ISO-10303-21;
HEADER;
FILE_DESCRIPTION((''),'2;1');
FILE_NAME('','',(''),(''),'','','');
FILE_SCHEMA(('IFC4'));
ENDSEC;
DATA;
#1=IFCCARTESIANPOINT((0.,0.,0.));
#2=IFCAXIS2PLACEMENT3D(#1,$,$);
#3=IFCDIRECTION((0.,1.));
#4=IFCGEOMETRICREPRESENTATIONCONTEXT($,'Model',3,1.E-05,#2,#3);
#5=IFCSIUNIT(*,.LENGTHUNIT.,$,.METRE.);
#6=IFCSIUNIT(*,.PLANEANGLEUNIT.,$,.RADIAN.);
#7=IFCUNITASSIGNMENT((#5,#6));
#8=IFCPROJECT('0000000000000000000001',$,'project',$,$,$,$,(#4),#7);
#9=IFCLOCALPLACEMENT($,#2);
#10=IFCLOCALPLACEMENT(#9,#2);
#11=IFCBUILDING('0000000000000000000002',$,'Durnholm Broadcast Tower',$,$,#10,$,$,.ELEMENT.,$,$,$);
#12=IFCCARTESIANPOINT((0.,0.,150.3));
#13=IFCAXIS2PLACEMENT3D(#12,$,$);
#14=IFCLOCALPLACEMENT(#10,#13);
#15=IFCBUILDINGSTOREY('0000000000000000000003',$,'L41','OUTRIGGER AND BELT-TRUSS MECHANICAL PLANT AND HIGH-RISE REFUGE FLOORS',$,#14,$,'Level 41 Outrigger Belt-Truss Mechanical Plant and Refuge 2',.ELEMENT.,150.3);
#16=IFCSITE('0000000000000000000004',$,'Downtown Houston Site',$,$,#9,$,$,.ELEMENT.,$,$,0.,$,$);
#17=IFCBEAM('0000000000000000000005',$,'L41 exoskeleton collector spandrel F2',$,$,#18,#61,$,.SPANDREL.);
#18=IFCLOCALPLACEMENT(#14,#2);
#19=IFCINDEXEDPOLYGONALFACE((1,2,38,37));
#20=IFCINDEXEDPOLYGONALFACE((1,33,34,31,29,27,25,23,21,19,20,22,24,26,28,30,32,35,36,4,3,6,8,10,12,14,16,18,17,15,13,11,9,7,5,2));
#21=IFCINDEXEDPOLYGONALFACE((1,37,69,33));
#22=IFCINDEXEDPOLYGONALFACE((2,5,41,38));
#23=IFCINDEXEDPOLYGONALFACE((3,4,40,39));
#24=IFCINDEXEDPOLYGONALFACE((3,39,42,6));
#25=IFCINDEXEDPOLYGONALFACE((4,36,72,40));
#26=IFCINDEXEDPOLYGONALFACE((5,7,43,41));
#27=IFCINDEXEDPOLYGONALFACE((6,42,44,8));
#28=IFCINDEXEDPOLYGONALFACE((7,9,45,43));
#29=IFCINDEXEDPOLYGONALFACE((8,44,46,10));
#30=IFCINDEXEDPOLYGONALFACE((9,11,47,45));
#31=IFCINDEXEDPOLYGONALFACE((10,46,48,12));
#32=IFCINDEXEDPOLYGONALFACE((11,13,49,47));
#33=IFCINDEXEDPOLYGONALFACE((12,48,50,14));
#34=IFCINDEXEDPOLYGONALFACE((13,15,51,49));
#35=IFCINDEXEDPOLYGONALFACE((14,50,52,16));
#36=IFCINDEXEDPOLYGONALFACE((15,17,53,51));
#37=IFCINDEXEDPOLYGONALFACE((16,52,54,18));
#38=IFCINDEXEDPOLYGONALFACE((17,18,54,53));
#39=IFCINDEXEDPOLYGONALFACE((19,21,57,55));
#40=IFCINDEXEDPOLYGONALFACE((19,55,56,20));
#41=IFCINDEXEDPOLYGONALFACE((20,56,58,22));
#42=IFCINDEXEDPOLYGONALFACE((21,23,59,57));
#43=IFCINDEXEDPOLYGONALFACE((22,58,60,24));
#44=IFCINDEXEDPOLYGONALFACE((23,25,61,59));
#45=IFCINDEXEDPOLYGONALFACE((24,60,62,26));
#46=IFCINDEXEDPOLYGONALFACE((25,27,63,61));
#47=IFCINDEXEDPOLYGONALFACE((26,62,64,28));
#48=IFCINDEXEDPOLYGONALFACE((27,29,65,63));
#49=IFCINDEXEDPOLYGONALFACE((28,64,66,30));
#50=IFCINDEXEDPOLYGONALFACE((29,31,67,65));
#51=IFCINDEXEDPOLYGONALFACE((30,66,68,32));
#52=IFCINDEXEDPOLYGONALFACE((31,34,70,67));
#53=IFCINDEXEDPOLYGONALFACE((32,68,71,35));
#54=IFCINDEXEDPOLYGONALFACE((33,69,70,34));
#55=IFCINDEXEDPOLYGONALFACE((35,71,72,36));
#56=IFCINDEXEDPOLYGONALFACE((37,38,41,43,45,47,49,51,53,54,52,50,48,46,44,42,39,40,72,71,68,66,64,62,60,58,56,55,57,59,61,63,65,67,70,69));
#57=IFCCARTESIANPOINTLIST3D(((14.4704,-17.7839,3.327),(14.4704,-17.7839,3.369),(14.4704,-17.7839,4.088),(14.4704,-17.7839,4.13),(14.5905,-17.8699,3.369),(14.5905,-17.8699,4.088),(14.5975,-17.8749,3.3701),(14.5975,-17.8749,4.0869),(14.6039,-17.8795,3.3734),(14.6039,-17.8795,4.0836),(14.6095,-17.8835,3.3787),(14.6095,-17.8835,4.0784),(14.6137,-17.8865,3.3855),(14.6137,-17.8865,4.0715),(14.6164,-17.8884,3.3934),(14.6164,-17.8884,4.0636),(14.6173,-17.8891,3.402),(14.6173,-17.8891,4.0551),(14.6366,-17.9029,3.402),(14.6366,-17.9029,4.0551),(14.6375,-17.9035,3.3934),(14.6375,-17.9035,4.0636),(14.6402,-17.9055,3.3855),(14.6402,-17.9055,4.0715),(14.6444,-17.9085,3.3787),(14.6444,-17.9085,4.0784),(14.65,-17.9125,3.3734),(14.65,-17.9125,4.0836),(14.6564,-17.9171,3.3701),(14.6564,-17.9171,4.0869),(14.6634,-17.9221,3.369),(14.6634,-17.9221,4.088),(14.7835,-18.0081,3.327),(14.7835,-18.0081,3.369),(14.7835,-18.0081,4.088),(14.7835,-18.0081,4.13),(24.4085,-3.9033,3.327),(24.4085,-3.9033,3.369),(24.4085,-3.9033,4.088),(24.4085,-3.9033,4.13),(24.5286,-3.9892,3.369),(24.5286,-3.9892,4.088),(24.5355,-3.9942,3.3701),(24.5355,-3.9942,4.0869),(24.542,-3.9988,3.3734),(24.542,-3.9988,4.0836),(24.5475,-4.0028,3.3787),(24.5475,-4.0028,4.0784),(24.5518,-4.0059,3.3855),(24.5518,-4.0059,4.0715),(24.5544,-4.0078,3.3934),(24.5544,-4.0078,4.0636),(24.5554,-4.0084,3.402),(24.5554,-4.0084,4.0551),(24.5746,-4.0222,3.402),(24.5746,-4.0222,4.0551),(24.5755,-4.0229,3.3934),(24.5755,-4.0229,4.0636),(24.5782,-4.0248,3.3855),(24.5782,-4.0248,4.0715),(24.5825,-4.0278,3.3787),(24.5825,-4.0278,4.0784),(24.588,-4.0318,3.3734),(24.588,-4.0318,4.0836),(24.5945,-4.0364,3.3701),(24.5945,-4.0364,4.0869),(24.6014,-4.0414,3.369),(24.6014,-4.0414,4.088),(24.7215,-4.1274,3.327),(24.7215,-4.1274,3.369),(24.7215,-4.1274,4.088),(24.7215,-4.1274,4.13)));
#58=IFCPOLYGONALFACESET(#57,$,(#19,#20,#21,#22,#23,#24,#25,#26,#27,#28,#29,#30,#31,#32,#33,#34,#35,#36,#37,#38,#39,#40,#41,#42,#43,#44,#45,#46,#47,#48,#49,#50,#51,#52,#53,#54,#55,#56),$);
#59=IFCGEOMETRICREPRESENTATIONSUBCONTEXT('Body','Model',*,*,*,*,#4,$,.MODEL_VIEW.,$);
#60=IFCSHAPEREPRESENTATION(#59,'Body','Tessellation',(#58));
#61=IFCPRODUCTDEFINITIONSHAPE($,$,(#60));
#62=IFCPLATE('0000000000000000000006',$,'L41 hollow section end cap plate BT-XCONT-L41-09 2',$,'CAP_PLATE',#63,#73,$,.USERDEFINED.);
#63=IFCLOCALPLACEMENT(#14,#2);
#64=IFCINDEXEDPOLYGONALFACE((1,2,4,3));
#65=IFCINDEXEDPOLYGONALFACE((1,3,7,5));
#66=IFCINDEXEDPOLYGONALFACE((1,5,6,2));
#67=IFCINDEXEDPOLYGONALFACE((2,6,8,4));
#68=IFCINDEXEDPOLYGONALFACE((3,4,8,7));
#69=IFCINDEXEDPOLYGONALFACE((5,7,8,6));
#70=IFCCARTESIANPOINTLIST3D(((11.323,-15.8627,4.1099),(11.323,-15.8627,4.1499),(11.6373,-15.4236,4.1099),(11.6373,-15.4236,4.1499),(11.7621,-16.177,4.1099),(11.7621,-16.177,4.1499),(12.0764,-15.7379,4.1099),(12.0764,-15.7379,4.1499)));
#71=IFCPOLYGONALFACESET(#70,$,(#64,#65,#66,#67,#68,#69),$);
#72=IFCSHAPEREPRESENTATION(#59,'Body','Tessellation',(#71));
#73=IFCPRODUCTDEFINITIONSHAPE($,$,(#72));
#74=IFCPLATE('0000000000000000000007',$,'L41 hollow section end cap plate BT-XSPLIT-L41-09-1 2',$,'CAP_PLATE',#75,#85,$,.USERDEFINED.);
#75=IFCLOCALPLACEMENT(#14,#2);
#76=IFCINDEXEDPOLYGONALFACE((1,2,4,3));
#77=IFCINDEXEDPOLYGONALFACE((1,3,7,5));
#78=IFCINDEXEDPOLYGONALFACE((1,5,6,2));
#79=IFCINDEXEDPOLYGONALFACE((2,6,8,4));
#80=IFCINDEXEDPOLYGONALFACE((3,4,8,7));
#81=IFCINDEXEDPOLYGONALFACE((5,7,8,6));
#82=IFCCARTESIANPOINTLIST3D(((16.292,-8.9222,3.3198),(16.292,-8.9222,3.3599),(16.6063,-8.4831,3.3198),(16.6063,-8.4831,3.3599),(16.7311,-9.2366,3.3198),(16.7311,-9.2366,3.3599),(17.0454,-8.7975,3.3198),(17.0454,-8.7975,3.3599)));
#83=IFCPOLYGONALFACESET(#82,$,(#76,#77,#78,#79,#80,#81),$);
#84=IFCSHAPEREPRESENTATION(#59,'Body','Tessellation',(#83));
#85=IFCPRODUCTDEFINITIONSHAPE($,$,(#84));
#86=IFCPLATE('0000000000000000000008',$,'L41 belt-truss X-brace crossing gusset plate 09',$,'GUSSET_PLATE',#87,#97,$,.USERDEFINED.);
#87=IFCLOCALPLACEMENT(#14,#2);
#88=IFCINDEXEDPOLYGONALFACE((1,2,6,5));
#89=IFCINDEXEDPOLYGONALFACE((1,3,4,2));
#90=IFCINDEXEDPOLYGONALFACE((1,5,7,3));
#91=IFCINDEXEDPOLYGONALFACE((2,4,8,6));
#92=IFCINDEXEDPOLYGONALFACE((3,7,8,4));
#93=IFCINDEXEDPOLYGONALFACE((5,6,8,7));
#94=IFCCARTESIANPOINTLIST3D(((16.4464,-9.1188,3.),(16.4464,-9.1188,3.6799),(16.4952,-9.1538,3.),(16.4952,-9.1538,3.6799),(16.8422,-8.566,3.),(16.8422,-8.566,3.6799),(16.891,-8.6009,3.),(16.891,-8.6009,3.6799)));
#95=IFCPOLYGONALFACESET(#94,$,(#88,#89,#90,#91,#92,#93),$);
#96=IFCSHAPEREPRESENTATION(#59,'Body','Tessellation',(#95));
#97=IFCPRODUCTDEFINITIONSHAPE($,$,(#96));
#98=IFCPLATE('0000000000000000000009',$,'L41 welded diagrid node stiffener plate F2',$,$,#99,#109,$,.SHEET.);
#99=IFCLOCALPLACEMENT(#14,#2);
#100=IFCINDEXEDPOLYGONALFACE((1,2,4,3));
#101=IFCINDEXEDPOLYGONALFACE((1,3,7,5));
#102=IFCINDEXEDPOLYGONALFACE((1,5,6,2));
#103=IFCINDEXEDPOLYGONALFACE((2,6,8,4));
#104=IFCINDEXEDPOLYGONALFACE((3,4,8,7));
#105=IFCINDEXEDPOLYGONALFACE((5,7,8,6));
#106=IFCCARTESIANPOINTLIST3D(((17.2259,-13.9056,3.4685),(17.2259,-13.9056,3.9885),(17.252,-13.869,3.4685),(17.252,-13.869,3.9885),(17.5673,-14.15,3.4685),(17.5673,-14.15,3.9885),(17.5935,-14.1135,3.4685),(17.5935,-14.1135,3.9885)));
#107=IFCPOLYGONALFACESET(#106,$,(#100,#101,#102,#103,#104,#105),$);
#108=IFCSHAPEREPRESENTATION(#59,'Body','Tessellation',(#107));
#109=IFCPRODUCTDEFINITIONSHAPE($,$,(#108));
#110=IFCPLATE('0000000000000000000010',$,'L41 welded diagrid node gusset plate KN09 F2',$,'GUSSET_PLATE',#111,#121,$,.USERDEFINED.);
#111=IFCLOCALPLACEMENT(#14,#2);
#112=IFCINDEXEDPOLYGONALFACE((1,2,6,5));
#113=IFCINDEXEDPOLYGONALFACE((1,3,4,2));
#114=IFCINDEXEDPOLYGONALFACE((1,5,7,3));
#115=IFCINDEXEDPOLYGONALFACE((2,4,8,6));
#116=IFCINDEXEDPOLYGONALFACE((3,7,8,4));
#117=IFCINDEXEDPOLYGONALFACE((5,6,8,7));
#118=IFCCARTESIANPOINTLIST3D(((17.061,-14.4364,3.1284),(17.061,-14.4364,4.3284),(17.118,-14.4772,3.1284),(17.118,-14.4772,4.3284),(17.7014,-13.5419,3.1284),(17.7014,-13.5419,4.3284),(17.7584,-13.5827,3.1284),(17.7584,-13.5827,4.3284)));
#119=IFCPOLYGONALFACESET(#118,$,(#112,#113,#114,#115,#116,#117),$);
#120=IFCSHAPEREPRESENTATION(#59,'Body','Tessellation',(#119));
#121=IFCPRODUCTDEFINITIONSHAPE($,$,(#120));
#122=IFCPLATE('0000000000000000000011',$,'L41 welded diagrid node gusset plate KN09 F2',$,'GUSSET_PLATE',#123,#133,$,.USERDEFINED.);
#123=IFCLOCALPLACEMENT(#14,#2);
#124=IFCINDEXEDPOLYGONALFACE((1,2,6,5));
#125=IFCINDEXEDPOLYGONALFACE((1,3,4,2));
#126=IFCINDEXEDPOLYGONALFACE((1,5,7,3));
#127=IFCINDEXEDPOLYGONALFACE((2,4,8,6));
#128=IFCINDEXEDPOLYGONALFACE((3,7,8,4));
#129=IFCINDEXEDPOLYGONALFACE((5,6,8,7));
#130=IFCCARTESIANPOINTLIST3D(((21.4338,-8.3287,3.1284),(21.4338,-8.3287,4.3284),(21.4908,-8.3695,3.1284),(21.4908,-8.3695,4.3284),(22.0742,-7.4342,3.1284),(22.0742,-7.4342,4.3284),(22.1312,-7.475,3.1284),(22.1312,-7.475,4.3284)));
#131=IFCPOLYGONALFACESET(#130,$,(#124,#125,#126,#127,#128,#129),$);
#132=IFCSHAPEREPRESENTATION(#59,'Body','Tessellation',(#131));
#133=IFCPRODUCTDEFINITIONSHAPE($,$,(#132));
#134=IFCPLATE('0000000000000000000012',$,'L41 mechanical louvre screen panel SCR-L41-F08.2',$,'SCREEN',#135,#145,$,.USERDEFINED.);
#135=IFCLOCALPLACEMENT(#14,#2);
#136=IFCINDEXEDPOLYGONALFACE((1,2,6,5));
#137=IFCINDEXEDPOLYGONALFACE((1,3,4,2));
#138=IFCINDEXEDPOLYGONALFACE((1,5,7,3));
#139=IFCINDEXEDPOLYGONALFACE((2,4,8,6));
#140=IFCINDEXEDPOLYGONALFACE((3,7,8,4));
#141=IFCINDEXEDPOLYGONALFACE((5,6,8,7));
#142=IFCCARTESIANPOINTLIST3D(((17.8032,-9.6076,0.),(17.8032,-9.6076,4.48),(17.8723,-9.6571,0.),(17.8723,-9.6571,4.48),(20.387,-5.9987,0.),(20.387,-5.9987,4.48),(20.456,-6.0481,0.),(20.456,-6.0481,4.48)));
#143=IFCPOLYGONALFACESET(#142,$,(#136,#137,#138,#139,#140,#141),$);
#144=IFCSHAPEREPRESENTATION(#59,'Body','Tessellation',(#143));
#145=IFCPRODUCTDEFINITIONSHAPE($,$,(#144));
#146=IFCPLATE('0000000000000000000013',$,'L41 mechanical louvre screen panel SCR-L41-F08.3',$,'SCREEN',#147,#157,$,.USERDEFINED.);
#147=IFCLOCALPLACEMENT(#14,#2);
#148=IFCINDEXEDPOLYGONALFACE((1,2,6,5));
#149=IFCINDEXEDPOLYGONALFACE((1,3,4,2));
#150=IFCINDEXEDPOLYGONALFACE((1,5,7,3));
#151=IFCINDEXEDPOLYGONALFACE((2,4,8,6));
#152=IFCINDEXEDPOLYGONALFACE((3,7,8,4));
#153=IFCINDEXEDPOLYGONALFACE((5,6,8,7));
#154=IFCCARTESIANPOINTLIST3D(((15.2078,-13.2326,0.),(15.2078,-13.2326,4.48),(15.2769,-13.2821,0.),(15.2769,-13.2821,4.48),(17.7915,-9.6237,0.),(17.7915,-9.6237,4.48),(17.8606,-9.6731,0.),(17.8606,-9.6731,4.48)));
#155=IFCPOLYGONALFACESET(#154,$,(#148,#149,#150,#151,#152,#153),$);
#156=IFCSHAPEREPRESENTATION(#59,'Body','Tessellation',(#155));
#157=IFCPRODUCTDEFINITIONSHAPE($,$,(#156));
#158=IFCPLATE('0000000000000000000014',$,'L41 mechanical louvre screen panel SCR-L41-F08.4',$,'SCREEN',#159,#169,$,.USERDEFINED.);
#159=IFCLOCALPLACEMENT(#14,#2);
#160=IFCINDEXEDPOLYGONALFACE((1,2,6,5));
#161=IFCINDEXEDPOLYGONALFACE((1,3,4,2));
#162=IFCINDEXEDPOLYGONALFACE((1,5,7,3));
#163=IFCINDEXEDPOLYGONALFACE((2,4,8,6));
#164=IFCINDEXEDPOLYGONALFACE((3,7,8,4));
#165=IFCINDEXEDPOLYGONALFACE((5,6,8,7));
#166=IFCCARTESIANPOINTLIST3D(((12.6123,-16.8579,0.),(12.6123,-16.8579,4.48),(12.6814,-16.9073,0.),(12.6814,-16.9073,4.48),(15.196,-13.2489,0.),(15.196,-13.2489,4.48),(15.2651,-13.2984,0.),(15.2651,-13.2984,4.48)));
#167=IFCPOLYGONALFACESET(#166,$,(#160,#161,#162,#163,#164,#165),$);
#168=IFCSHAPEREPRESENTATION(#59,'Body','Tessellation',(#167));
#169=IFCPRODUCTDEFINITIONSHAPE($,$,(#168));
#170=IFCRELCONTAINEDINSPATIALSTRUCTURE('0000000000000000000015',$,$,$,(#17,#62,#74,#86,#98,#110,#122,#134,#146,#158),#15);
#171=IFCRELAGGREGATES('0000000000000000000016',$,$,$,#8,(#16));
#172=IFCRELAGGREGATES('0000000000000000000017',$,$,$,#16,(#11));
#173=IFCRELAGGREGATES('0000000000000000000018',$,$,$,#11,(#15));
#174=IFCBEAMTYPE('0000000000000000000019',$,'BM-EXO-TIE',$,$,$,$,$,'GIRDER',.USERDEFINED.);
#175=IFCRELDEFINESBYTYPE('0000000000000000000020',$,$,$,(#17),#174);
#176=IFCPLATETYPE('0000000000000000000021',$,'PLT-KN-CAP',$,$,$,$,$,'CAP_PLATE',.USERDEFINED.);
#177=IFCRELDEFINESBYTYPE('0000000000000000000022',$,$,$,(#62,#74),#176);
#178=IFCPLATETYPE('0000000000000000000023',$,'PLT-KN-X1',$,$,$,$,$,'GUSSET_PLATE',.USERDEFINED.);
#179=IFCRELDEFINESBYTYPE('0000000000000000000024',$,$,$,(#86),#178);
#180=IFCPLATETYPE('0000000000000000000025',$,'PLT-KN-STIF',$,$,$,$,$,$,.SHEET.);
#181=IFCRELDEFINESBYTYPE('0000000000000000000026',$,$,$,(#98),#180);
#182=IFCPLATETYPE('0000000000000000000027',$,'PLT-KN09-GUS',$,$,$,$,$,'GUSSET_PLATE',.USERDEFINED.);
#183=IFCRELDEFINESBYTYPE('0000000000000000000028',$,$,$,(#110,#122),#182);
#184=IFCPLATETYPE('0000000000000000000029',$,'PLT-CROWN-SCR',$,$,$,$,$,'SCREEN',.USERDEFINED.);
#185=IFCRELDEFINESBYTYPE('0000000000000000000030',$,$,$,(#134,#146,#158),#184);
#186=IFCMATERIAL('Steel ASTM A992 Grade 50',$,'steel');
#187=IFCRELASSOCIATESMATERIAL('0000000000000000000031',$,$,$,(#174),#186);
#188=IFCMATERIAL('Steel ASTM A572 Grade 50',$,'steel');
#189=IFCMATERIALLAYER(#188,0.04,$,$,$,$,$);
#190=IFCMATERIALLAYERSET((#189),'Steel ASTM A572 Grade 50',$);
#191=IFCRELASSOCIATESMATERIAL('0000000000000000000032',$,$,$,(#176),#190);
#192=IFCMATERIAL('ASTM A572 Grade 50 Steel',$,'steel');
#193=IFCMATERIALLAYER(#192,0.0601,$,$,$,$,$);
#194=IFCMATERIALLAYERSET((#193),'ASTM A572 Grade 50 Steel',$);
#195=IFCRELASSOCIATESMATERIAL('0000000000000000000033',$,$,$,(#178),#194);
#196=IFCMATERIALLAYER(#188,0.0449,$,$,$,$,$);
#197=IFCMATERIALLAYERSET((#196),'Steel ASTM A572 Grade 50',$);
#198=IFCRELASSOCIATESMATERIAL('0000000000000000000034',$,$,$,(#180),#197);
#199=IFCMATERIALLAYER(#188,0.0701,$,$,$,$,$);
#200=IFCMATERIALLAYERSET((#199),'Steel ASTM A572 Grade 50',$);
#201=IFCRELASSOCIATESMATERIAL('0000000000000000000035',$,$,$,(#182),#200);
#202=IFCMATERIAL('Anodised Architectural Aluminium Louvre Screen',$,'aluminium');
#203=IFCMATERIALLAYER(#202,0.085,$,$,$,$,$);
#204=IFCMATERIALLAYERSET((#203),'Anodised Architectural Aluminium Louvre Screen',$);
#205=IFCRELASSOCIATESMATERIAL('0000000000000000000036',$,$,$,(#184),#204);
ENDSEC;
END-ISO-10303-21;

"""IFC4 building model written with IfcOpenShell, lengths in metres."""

from ifc_helpers import new_model, si_unit, direction, frame, origin, origin_2d, place, context, subcontext, project, spatial, rectangle, i_section, extrude, source, transform, mapped, material, layer, layer_set, material_profile, profile_set, type_object, type_shapes, element, save


model = new_model("IFC4")

# Units and contexts
model_context = context("Model", 3, precision=1e-05, world=origin(), true_north=direction((0.0, 1.0)))
body_context = subcontext(model_context, "Body", "Model", "MODEL_VIEW")
ifc_project = project(units=[si_unit("LENGTHUNIT", "METRE"), si_unit("PLANEANGLEUNIT", "RADIAN")], contexts=[model_context])

# Site, building, storey
site_placement = place(None, origin())
site = spatial("IfcSite", under=ifc_project, at=site_placement, Name="Downtown Houston Site", CompositionType="ELEMENT", RefElevation=0.0)
building_placement = place(site_placement, origin())
building = spatial("IfcBuilding", under=site, at=building_placement, Name="Durnholm Broadcast Tower", CompositionType="ELEMENT")
storey_placement = place(building_placement, frame((0.0, 0.0, 150.3)))
storey = spatial("IfcBuildingStorey", under=building, at=storey_placement, Name="L41", Description="OUTRIGGER AND BELT-TRUSS MECHANICAL PLANT AND HIGH-RISE REFUGE FLOORS", LongName="Level 41 Outrigger Belt-Truss Mechanical Plant and Refuge 2", CompositionType="ELEMENT", Elevation=150.3)

# Shared definitions
ifc_material_1 = material(Name="Steel ASTM A992 Grade 50", Category="steel")
ifc_material_profile_1 = material_profile(ifc_material_1, i_section(OverallWidth=0.385, OverallDepth=0.803, WebThickness=0.0237, FlangeThickness=0.042, FilletRadius=0.033, at=origin_2d()), Name="W30X261")
ifc_profile_set_1 = profile_set([ifc_material_profile_1], Name="Steel ASTM A992 Grade 50")
beam_type = type_object("IfcBeamType", Name="BM-EXO-TIE", ElementType="GIRDER", PredefinedType="USERDEFINED", material=ifc_profile_set_1)

# Beam
shared_shape_1 = source(origin(), body_context, "Body", "SweptSolid", [
    extrude(i_section(OverallWidth=0.385, OverallDepth=0.803, WebThickness=0.0237, FlangeThickness=0.042, FilletRadius=0.033, at=origin_2d()), origin(), (0.0, 0.0, 1.0), 17.0715),
])
for number, where, z_axis, x_axis, name in (
    (1, (14.627, -17.896, 3.7285), (0.58214, 0.813088, 0.0), (-0.813088, 0.58214, 0.0), "L41 exoskeleton collector spandrel F2"),
):
    element("IfcBeam", number, at=place(storey_placement, frame(where, z_axis=z_axis, x_axis=x_axis)), inside=storey, type_object=beam_type, Name=name, PredefinedType="SPANDREL", context=body_context, shape_type="MappedRepresentation", body=[
        mapped(shared_shape_1, transform((0.0, 0.0, 0.0), x_axis=(1.0, 0.0, 0.0), y_axis=(0.0, 1.0, 0.0), z_axis=(0.0, 0.0, 1.0), scale=1.0)),
    ])

# Plates
ifc_material_2 = material(Name="Steel ASTM A572 Grade 50", Category="steel")
ifc_layer_1 = layer(ifc_material_2, 0.04)
ifc_layer_set_1 = layer_set([ifc_layer_1], Name="Steel ASTM A572 Grade 50")
plate_type_1 = type_object("IfcPlateType", Name="PLT-KN-CAP", ElementType="CAP_PLATE", PredefinedType="USERDEFINED", material=ifc_layer_set_1)
shared_shape_2 = source(origin(), body_context, "Body", "SweptSolid", [
    extrude(rectangle(XDim=0.54, YDim=0.54, at=origin_2d()), origin(), (0.0, 0.0, 1.0), 0.04),
])
type_shapes(plate_type_1, [shared_shape_2])
for number, where, z_axis, x_axis, name in (
    (2, (11.6997, -15.8003, 4.1099), (0.0, 0.0, 1.0), (-0.582123, -0.813101, 0.0), "L41 hollow section end cap plate BT-XCONT-L41-09 2"),
    (3, (16.6687, -8.8599, 3.3198), (0.0, 0.0, 1.0), (0.582123, 0.813101, 0.0), "L41 hollow section end cap plate BT-XSPLIT-L41-09-1 2"),
):
    element("IfcPlate", number, at=place(storey_placement, frame(where, z_axis=z_axis, x_axis=x_axis)), inside=storey, type_object=plate_type_1, Name=name, ObjectType="CAP_PLATE", PredefinedType="USERDEFINED", context=body_context, shape_type="MappedRepresentation", body=[
        mapped(shared_shape_2, transform((0.0, 0.0, 0.0), x_axis=(1.0, 0.0, 0.0), y_axis=(0.0, 1.0, 0.0), z_axis=(0.0, 0.0, 1.0), scale=1.0)),
    ])
ifc_material_3 = material(Name="ASTM A572 Grade 50 Steel", Category="steel")
ifc_layer_2 = layer(ifc_material_3, 0.0601)
ifc_layer_set_2 = layer_set([ifc_layer_2], Name="ASTM A572 Grade 50 Steel")
plate_type_2 = type_object("IfcPlateType", Name="PLT-KN-X1", ElementType="GUSSET_PLATE", PredefinedType="USERDEFINED", material=ifc_layer_set_2)
shared_shape_3 = source(origin(), body_context, "Body", "SweptSolid", [
    extrude(rectangle(XDim=0.6799, YDim=0.0601, at=origin_2d()), origin(), (0.0, 0.0, 1.0), 0.6799),
])
type_shapes(plate_type_2, [shared_shape_3])
plate_1_placement = place(storey_placement, frame((16.6687, -8.8599, 3.0), z_axis=(0.0, 0.0, 1.0), x_axis=(-0.582123, -0.813101, 0.0)))
element("IfcPlate", 4, at=plate_1_placement, inside=storey, type_object=plate_type_2, Name="L41 belt-truss X-brace crossing gusset plate 09", ObjectType="GUSSET_PLATE", PredefinedType="USERDEFINED", context=body_context, shape_type="MappedRepresentation", body=[
    mapped(shared_shape_3, transform((0.0, 0.0, 0.0), x_axis=(1.0, 0.0, 0.0), y_axis=(0.0, 1.0, 0.0), z_axis=(0.0, 0.0, 1.0), scale=1.0)),
])
ifc_layer_3 = layer(ifc_material_2, 0.0449)
ifc_layer_set_3 = layer_set([ifc_layer_3], Name="Steel ASTM A572 Grade 50")
plate_type_3 = type_object("IfcPlateType", Name="PLT-KN-STIF", PredefinedType="SHEET", material=ifc_layer_set_3)
shared_shape_4 = source(origin(), body_context, "Body", "SweptSolid", [
    extrude(rectangle(XDim=0.0449, YDim=0.4199, at=origin_2d()), origin(), (0.0, 0.0, 1.0), 0.52),
])
type_shapes(plate_type_3, [shared_shape_4])
plate_2_placement = place(storey_placement, frame((17.4097, -14.0095, 3.4685), z_axis=(0.0, 0.0, 1.0), x_axis=(0.582123, 0.813101, 0.0)))
element("IfcPlate", 5, at=plate_2_placement, inside=storey, type_object=plate_type_3, Name="L41 welded diagrid node stiffener plate F2", PredefinedType="SHEET", context=body_context, shape_type="MappedRepresentation", body=[
    mapped(shared_shape_4, transform((0.0, 0.0, 0.0), x_axis=(1.0, 0.0, 0.0), y_axis=(0.0, 1.0, 0.0), z_axis=(0.0, 0.0, 1.0), scale=1.0)),
])
ifc_layer_4 = layer(ifc_material_2, 0.0701)
ifc_layer_set_4 = layer_set([ifc_layer_4], Name="Steel ASTM A572 Grade 50")
plate_type_4 = type_object("IfcPlateType", Name="PLT-KN09-GUS", ElementType="GUSSET_PLATE", PredefinedType="USERDEFINED", material=ifc_layer_set_4)
shared_shape_5 = source(origin(), body_context, "Body", "SweptSolid", [
    extrude(rectangle(XDim=1.1001, YDim=0.0701, at=origin_2d()), origin(), (0.0, 0.0, 1.0), 1.2),
])
type_shapes(plate_type_4, [shared_shape_5])
for number, where, z_axis, x_axis, name in (
    (6, (17.4097, -14.0095, 3.1284), (0.0, 0.0, 1.0), (0.582123, 0.813101, 0.0), "L41 welded diagrid node gusset plate KN09 F2"),
    (7, (21.7825, -7.9019, 3.1284), (0.0, 0.0, 1.0), (0.582123, 0.813101, 0.0), "L41 welded diagrid node gusset plate KN09 F2"),
):
    element("IfcPlate", number, at=place(storey_placement, frame(where, z_axis=z_axis, x_axis=x_axis)), inside=storey, type_object=plate_type_4, Name=name, ObjectType="GUSSET_PLATE", PredefinedType="USERDEFINED", context=body_context, shape_type="MappedRepresentation", body=[
        mapped(shared_shape_5, transform((0.0, 0.0, 0.0), x_axis=(1.0, 0.0, 0.0), y_axis=(0.0, 1.0, 0.0), z_axis=(0.0, 0.0, 1.0), scale=1.0)),
    ])
ifc_material_4 = material(Name="Anodised Architectural Aluminium Louvre Screen", Category="aluminium")
ifc_layer_5 = layer(ifc_material_4, 0.085)
ifc_layer_set_5 = layer_set([ifc_layer_5], Name="Anodised Architectural Aluminium Louvre Screen")
plate_type_5 = type_object("IfcPlateType", Name="PLT-CROWN-SCR", ElementType="SCREEN", PredefinedType="USERDEFINED", material=ifc_layer_set_5)
shared_shape_6 = source(origin(), body_context, "Body", "SweptSolid", [
    extrude(rectangle(XDim=4.4385, YDim=0.085, at=origin_2d()), origin(), (0.0, 0.0, 1.0), 4.48),
])
type_shapes(plate_type_5, [shared_shape_6])
for number, where, z_axis, x_axis, name in (
    (8, (19.1296, -7.8279, 0.0), (0.0, 0.0, 1.0), (-0.582123, -0.813101, 0.0), "L41 mechanical louvre screen panel SCR-L41-F08.2"),
    (9, (16.5342, -11.4529, 0.0), (0.0, 0.0, 1.0), (-0.582123, -0.813101, 0.0), "L41 mechanical louvre screen panel SCR-L41-F08.3"),
    (10, (13.9387, -15.0781, 0.0), (0.0, 0.0, 1.0), (-0.582123, -0.813101, 0.0), "L41 mechanical louvre screen panel SCR-L41-F08.4"),
):
    element("IfcPlate", number, at=place(storey_placement, frame(where, z_axis=z_axis, x_axis=x_axis)), inside=storey, type_object=plate_type_5, Name=name, ObjectType="SCREEN", PredefinedType="USERDEFINED", context=body_context, shape_type="MappedRepresentation", body=[
        mapped(shared_shape_6, transform((0.0, 0.0, 0.0), x_axis=(1.0, 0.0, 0.0), y_axis=(0.0, 1.0, 0.0), z_axis=(0.0, 0.0, 1.0), scale=1.0)),
    ])

save(model, "model.ifc")
